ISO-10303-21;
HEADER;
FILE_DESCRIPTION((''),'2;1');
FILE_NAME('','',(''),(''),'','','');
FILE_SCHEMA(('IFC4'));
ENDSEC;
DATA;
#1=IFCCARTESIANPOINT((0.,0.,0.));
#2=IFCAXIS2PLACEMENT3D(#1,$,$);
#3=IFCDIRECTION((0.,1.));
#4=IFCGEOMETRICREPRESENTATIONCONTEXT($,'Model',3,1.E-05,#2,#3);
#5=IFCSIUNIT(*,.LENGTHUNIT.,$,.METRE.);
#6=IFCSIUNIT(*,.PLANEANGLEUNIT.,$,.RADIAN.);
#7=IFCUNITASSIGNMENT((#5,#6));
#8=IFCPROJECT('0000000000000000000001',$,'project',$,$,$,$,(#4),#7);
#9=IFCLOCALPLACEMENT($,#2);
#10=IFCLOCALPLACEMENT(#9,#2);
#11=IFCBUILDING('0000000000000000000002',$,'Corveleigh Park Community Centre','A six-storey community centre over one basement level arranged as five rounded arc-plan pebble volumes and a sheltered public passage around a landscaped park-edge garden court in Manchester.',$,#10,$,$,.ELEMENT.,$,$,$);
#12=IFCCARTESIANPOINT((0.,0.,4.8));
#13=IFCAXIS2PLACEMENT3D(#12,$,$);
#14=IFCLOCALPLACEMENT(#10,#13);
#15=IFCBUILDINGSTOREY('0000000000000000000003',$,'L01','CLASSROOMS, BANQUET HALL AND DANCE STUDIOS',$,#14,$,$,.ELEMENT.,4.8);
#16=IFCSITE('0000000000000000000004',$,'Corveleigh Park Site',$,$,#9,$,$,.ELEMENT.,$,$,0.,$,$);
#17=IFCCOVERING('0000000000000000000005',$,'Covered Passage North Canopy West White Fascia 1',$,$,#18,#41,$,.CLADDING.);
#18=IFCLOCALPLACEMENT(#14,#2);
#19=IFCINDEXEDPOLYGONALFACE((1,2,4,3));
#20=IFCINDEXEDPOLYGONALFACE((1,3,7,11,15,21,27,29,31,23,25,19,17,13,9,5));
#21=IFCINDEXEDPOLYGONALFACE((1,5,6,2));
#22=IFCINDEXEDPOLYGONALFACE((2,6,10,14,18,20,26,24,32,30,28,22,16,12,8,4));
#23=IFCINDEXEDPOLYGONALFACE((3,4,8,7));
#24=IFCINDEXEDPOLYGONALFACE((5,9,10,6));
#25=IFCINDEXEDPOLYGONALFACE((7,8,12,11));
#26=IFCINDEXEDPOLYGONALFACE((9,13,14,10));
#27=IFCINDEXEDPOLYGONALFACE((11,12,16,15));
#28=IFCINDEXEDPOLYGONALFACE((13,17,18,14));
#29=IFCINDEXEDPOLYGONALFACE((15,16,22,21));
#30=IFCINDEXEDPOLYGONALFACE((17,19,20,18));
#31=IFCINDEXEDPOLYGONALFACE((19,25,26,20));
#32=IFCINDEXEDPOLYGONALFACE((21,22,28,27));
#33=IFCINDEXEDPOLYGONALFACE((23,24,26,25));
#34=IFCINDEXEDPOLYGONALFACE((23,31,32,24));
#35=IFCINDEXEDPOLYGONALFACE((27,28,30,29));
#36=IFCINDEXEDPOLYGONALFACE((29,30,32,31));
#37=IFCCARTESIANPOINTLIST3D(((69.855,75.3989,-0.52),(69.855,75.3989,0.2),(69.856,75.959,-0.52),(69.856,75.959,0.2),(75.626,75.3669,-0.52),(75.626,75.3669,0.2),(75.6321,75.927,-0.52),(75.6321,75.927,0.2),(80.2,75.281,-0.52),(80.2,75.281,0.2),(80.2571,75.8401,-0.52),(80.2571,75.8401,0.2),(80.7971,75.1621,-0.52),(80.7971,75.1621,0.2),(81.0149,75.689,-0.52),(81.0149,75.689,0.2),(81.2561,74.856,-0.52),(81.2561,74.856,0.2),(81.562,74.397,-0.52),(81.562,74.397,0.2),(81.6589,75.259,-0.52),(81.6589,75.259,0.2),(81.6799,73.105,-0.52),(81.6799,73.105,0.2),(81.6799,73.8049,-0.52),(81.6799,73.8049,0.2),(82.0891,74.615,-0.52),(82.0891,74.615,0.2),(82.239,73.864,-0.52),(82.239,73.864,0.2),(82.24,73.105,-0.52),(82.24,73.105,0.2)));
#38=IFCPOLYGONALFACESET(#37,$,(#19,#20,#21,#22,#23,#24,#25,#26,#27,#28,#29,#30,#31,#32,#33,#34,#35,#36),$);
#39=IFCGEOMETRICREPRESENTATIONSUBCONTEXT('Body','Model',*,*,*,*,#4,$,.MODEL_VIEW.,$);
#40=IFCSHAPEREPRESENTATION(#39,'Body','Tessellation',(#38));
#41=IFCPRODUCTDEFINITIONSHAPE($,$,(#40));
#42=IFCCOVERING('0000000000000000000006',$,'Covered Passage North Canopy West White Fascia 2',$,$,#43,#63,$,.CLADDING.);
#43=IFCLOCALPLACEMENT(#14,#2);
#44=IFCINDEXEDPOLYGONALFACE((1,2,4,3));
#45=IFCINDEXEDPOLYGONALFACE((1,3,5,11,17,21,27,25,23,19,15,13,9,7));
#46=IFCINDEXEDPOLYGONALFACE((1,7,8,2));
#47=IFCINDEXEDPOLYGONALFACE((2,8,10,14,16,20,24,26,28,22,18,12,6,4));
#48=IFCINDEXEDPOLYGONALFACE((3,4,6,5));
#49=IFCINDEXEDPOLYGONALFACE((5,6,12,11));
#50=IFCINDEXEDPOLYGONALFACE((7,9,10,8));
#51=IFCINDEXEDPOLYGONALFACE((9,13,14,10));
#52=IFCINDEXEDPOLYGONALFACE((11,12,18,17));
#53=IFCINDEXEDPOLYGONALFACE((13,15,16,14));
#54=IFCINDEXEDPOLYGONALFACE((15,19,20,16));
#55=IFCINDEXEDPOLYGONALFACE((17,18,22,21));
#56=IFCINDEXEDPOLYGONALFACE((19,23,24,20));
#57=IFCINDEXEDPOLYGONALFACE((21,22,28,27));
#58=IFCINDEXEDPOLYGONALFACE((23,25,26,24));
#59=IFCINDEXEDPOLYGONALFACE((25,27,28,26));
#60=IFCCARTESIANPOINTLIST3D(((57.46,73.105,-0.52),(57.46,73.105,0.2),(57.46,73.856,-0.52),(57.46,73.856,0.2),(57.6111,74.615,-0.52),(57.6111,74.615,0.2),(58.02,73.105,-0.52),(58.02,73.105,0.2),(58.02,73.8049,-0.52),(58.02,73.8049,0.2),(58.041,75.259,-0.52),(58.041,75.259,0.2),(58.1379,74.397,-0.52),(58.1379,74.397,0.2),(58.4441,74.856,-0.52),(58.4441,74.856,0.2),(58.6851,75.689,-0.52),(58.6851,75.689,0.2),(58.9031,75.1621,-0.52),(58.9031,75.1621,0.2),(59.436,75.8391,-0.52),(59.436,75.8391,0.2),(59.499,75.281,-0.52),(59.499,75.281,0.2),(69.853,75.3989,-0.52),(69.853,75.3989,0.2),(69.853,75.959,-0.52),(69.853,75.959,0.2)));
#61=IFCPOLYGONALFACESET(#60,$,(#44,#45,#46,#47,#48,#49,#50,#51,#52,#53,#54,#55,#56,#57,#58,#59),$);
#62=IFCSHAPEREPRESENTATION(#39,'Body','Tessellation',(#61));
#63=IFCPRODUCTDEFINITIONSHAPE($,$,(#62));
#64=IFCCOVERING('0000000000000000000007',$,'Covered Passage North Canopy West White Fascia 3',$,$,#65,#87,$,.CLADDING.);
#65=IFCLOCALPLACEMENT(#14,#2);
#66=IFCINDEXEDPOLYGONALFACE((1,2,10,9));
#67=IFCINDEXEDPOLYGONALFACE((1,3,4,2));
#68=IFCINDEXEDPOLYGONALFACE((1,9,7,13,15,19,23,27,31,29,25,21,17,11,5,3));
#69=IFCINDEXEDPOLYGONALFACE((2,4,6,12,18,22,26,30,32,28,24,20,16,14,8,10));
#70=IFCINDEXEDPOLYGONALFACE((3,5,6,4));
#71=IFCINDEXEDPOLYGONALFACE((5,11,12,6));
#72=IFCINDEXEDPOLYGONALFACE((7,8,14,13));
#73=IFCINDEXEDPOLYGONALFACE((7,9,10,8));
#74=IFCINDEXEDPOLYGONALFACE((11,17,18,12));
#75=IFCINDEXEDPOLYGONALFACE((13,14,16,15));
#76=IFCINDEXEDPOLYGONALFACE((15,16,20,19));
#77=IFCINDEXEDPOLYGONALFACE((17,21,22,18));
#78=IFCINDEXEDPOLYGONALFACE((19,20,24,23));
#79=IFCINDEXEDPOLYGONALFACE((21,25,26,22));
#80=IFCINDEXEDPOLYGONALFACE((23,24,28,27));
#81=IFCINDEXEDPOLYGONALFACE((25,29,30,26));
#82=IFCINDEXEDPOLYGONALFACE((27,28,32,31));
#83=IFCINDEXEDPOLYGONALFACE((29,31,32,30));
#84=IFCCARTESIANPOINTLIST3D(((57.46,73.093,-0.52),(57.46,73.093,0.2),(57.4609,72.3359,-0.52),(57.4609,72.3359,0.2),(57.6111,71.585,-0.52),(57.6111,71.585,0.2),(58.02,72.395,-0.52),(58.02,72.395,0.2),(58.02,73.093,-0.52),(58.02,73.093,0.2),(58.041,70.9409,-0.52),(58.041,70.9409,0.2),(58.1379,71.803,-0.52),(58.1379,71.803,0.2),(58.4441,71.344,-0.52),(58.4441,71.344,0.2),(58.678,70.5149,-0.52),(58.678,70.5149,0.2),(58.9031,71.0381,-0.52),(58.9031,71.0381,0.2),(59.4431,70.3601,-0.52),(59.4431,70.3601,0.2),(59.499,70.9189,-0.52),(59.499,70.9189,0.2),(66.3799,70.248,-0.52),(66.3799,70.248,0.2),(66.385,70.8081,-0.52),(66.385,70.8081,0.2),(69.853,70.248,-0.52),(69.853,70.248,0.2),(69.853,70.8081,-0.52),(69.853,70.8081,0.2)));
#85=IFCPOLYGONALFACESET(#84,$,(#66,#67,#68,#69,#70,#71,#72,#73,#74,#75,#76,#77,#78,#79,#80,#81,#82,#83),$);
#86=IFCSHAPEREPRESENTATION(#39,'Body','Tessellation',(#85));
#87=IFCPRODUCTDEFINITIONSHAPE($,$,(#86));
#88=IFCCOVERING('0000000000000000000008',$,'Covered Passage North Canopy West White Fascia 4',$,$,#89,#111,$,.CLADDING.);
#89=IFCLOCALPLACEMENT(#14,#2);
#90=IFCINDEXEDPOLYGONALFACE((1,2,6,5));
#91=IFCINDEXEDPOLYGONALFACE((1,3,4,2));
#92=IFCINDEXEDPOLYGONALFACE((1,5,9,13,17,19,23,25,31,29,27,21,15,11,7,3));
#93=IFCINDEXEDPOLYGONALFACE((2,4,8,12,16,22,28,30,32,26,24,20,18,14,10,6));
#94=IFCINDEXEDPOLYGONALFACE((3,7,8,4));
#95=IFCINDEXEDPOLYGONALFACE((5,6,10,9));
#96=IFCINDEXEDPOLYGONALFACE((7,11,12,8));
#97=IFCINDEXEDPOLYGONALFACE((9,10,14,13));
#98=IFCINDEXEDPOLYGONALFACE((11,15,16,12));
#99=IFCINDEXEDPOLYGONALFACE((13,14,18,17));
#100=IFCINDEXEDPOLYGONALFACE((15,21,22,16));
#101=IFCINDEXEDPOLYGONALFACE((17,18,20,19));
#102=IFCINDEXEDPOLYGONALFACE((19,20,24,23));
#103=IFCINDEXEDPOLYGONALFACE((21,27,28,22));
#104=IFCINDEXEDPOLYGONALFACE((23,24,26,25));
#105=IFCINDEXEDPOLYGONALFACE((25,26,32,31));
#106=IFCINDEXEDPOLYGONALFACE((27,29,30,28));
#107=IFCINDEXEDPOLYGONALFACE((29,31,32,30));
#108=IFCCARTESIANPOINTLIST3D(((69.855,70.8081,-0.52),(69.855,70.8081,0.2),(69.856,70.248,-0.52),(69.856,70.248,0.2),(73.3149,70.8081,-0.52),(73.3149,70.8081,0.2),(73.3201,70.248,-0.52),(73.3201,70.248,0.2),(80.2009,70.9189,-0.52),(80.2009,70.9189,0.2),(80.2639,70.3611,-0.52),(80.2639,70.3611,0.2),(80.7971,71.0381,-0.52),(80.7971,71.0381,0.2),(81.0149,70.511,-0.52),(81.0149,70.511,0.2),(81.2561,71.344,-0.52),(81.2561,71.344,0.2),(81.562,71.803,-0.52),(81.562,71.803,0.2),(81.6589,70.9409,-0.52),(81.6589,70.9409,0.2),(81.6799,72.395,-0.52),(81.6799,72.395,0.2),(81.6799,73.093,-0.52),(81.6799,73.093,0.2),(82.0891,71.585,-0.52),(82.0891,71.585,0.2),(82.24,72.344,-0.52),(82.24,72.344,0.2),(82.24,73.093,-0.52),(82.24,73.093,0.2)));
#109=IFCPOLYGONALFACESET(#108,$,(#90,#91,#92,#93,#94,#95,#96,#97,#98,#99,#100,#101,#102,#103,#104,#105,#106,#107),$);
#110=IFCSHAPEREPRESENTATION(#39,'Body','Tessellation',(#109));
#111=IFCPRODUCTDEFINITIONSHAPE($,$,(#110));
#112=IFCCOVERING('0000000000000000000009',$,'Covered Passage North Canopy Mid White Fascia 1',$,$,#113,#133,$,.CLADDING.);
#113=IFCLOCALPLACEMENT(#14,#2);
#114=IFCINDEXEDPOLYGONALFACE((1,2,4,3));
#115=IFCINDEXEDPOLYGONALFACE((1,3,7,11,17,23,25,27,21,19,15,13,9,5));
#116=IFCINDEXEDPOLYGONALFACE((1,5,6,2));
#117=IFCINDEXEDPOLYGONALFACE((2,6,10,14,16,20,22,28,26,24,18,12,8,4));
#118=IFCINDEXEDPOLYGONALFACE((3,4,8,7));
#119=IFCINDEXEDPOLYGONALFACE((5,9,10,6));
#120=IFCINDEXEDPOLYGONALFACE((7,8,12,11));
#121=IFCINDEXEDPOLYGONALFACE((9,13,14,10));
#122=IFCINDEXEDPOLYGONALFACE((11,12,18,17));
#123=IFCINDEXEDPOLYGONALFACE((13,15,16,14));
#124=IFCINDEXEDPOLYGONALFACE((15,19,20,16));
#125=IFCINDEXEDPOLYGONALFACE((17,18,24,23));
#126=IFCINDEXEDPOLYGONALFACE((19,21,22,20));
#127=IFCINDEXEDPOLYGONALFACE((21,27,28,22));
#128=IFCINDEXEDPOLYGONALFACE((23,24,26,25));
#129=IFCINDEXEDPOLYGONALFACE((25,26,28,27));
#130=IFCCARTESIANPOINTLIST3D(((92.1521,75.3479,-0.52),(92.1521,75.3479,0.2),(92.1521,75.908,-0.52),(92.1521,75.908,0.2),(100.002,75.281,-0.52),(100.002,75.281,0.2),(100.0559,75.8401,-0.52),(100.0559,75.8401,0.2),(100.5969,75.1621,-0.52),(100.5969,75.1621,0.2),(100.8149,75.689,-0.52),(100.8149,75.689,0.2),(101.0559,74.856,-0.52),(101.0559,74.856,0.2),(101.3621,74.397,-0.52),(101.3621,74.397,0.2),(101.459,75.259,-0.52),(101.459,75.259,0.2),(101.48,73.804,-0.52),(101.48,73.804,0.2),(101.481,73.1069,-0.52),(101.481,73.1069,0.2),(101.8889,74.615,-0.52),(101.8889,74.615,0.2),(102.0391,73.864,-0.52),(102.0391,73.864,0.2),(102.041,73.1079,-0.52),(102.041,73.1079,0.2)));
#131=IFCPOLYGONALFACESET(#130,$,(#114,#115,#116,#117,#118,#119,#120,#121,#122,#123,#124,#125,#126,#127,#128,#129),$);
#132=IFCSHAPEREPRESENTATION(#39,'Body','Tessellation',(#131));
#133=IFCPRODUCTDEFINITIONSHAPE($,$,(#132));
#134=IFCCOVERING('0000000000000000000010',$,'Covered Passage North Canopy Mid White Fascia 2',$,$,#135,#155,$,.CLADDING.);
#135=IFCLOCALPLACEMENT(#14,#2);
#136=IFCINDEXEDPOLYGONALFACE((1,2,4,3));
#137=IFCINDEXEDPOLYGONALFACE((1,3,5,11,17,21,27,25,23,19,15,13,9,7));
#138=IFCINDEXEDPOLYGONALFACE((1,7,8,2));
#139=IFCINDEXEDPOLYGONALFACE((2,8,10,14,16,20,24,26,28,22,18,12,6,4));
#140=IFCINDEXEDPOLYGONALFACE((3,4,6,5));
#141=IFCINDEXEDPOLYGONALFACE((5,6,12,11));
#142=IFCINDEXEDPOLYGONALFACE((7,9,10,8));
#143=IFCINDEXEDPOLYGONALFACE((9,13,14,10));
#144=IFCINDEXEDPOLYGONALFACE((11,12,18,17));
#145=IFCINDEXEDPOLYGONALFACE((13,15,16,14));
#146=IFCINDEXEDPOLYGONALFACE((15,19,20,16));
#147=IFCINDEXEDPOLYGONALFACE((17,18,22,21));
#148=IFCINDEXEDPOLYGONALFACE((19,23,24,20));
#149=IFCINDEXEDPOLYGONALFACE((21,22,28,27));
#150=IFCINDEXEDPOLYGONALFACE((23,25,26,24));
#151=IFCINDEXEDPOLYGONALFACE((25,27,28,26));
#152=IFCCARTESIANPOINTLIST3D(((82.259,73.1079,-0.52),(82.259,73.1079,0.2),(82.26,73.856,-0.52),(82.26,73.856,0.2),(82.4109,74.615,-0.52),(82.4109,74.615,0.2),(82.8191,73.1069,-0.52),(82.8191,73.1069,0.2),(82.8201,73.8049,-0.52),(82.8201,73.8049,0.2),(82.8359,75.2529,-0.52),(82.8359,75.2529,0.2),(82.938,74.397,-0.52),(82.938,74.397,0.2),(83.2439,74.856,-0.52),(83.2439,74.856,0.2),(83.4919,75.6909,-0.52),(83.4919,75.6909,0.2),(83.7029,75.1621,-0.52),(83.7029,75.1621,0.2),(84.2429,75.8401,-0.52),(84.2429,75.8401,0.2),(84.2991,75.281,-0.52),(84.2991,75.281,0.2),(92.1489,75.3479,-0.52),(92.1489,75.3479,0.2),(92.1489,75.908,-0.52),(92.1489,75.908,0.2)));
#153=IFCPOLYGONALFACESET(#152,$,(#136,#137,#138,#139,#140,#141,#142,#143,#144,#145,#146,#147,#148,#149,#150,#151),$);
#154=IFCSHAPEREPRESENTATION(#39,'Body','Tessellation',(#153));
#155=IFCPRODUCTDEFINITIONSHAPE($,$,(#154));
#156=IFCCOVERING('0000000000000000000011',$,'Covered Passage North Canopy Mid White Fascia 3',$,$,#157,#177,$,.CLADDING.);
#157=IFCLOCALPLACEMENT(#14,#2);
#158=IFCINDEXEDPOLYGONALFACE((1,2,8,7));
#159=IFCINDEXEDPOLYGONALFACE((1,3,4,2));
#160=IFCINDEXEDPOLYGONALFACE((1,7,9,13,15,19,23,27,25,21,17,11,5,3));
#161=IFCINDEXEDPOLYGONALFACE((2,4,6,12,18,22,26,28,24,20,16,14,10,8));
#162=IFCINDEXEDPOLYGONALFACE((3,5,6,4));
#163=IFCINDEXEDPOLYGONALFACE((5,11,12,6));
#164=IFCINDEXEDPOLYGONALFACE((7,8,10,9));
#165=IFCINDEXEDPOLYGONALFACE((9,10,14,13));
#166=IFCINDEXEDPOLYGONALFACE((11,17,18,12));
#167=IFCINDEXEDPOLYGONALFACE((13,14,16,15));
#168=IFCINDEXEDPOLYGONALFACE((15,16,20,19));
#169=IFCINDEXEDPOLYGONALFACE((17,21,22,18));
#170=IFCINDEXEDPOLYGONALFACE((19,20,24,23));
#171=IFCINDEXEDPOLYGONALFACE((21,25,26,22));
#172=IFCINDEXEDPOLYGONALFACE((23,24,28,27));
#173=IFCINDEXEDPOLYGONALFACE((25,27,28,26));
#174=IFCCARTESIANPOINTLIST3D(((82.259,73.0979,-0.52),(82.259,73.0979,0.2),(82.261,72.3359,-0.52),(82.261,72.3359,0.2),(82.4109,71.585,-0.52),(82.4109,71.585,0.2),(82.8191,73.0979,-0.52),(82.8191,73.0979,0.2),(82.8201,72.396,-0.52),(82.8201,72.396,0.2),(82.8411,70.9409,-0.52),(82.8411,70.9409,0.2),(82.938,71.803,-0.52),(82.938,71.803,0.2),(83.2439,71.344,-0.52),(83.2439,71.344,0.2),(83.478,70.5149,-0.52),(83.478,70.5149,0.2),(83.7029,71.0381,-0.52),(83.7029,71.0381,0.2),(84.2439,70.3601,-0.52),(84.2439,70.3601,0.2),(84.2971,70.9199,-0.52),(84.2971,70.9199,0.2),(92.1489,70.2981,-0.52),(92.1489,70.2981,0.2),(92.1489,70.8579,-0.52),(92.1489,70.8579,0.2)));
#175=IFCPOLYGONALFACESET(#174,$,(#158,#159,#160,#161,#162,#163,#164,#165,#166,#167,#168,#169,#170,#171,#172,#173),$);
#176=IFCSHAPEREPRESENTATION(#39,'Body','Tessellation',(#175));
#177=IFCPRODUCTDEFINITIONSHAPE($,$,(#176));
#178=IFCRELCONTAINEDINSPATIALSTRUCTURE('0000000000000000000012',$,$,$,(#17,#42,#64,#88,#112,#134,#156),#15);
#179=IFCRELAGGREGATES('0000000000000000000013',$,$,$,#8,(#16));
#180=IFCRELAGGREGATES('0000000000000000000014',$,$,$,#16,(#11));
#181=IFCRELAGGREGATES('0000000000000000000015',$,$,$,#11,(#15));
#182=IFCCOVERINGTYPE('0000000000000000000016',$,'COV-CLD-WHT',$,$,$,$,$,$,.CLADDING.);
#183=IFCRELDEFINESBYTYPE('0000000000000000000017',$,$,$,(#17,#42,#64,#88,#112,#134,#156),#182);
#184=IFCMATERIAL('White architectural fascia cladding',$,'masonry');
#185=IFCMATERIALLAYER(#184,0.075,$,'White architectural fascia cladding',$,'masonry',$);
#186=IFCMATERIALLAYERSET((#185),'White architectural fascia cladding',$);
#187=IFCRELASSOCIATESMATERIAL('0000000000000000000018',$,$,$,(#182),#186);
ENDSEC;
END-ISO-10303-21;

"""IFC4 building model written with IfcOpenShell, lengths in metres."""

from ifc_helpers import new_model, si_unit, direction, frame, origin, place, context, subcontext, project, spatial, polyline, outline, extrude, material, layer, layer_set, type_object, element, save


model = new_model("IFC4")

# Units and contexts
model_context = context("Model", 3, precision=1e-05, world=origin(), true_north=direction((0.0, 1.0)))
body_context = subcontext(model_context, "Body", "Model", "MODEL_VIEW")
ifc_project = project(units=[si_unit("LENGTHUNIT", "METRE"), si_unit("PLANEANGLEUNIT", "RADIAN")], contexts=[model_context])

# Site, building, storey
site_placement = place(None, origin())
site = spatial("IfcSite", under=ifc_project, at=site_placement, Name="Corveleigh Park Site", CompositionType="ELEMENT", RefElevation=0.0)
building_placement = place(site_placement, origin())
building = spatial("IfcBuilding", under=site, at=building_placement, Name="Corveleigh Park Community Centre", Description="A six-storey community centre over one basement level arranged as five rounded arc-plan pebble volumes and a sheltered public passage around a landscaped park-edge garden court in Manchester.", CompositionType="ELEMENT")
storey_placement = place(building_placement, frame((0.0, 0.0, 4.8)))
storey = spatial("IfcBuildingStorey", under=building, at=storey_placement, Name="L01", Description="CLASSROOMS, BANQUET HALL AND DANCE STUDIOS", CompositionType="ELEMENT", Elevation=4.8)

# Coverings
ifc_material = material(Name="White architectural fascia cladding", Category="masonry")
ifc_layer = layer(ifc_material, 0.075, Name="White architectural fascia cladding", Category="masonry")
ifc_layer_set = layer_set([ifc_layer], Name="White architectural fascia cladding")
covering_type = type_object("IfcCoveringType", Name="COV-CLD-WHT", PredefinedType="CLADDING", material=ifc_layer_set)
covering_1_placement = place(storey_placement, frame((0.0, 0.0, -0.52)))
element("IfcCovering", 1, at=covering_1_placement, inside=storey, type_object=covering_type, Name="Covered Passage North Canopy West White Fascia 1", PredefinedType="CLADDING", context=body_context, shape_type="SweptSolid", body=[
    extrude(outline(polyline([(75.6321, 75.927), (80.2571, 75.8401), (81.0149, 75.689), (81.6589, 75.259), (82.0891, 74.615), (82.239, 73.864), (82.24, 73.105), (81.6799, 73.105), (81.6799, 73.8049), (81.562, 74.397), (81.2561, 74.856), (80.7971, 75.1621), (80.2, 75.281), (75.626, 75.3669), (69.855, 75.3989), (69.856, 75.959), (75.6321, 75.927)])), origin(), (0.0, 0.0, 1.0), 0.72),
])
covering_2_placement = place(storey_placement, frame((0.0, 0.0, -0.52)))
element("IfcCovering", 2, at=covering_2_placement, inside=storey, type_object=covering_type, Name="Covered Passage North Canopy West White Fascia 2", PredefinedType="CLADDING", context=body_context, shape_type="SweptSolid", body=[
    extrude(outline(polyline([(57.46, 73.856), (57.6111, 74.615), (58.041, 75.259), (58.6851, 75.689), (59.436, 75.8391), (69.853, 75.959), (69.853, 75.3989), (59.499, 75.281), (58.9031, 75.1621), (58.4441, 74.856), (58.1379, 74.397), (58.02, 73.8049), (58.02, 73.105), (57.46, 73.105), (57.46, 73.856)])), origin(), (0.0, 0.0, 1.0), 0.72),
])
covering_3_placement = place(storey_placement, frame((0.0, 0.0, -0.52)))
element("IfcCovering", 3, at=covering_3_placement, inside=storey, type_object=covering_type, Name="Covered Passage North Canopy West White Fascia 3", PredefinedType="CLADDING", context=body_context, shape_type="SweptSolid", body=[
    extrude(outline(polyline([(58.678, 70.5149), (58.041, 70.9409), (57.6111, 71.585), (57.4609, 72.3359), (57.46, 73.093), (58.02, 73.093), (58.02, 72.395), (58.1379, 71.803), (58.4441, 71.344), (58.9031, 71.0381), (59.499, 70.9189), (66.385, 70.8081), (69.853, 70.8081), (69.853, 70.248), (66.3799, 70.248), (59.4431, 70.3601), (58.678, 70.5149)])), origin(), (0.0, 0.0, 1.0), 0.72),
])
covering_4_placement = place(storey_placement, frame((0.0, 0.0, -0.52)))
element("IfcCovering", 4, at=covering_4_placement, inside=storey, type_object=covering_type, Name="Covered Passage North Canopy West White Fascia 4", PredefinedType="CLADDING", context=body_context, shape_type="SweptSolid", body=[
    extrude(outline(polyline([(82.24, 72.344), (82.0891, 71.585), (81.6589, 70.9409), (81.0149, 70.511), (80.2639, 70.3611), (73.3201, 70.248), (69.856, 70.248), (69.855, 70.8081), (73.3149, 70.8081), (80.2009, 70.9189), (80.7971, 71.0381), (81.2561, 71.344), (81.562, 71.803), (81.6799, 72.395), (81.6799, 73.093), (82.24, 73.093), (82.24, 72.344)])), origin(), (0.0, 0.0, 1.0), 0.72),
])
covering_5_placement = place(storey_placement, frame((0.0, 0.0, -0.52)))
element("IfcCovering", 5, at=covering_5_placement, inside=storey, type_object=covering_type, Name="Covered Passage North Canopy Mid White Fascia 1", PredefinedType="CLADDING", context=body_context, shape_type="SweptSolid", body=[
    extrude(outline(polyline([(92.1521, 75.908), (100.0559, 75.8401), (100.8149, 75.689), (101.459, 75.259), (101.8889, 74.615), (102.0391, 73.864), (102.041, 73.1079), (101.481, 73.1069), (101.48, 73.804), (101.3621, 74.397), (101.0559, 74.856), (100.5969, 75.1621), (100.002, 75.281), (92.1521, 75.3479), (92.1521, 75.908)])), origin(), (0.0, 0.0, 1.0), 0.72),
])
covering_6_placement = place(storey_placement, frame((0.0, 0.0, -0.52)))
element("IfcCovering", 6, at=covering_6_placement, inside=storey, type_object=covering_type, Name="Covered Passage North Canopy Mid White Fascia 2", PredefinedType="CLADDING", context=body_context, shape_type="SweptSolid", body=[
    extrude(outline(polyline([(82.26, 73.856), (82.4109, 74.615), (82.8359, 75.2529), (83.4919, 75.6909), (84.2429, 75.8401), (92.1489, 75.908), (92.1489, 75.3479), (84.2991, 75.281), (83.7029, 75.1621), (83.2439, 74.856), (82.938, 74.397), (82.8201, 73.8049), (82.8191, 73.1069), (82.259, 73.1079), (82.26, 73.856)])), origin(), (0.0, 0.0, 1.0), 0.72),
])
covering_7_placement = place(storey_placement, frame((0.0, 0.0, -0.52)))
element("IfcCovering", 7, at=covering_7_placement, inside=storey, type_object=covering_type, Name="Covered Passage North Canopy Mid White Fascia 3", PredefinedType="CLADDING", context=body_context, shape_type="SweptSolid", body=[
    extrude(outline(polyline([(83.478, 70.5149), (82.8411, 70.9409), (82.4109, 71.585), (82.261, 72.3359), (82.259, 73.0979), (82.8191, 73.0979), (82.8201, 72.396), (82.938, 71.803), (83.2439, 71.344), (83.7029, 71.0381), (84.2971, 70.9199), (92.1489, 70.8579), (92.1489, 70.2981), (84.2439, 70.3601), (83.478, 70.5149)])), origin(), (0.0, 0.0, 1.0), 0.72),
])

save(model, "model.ifc")
